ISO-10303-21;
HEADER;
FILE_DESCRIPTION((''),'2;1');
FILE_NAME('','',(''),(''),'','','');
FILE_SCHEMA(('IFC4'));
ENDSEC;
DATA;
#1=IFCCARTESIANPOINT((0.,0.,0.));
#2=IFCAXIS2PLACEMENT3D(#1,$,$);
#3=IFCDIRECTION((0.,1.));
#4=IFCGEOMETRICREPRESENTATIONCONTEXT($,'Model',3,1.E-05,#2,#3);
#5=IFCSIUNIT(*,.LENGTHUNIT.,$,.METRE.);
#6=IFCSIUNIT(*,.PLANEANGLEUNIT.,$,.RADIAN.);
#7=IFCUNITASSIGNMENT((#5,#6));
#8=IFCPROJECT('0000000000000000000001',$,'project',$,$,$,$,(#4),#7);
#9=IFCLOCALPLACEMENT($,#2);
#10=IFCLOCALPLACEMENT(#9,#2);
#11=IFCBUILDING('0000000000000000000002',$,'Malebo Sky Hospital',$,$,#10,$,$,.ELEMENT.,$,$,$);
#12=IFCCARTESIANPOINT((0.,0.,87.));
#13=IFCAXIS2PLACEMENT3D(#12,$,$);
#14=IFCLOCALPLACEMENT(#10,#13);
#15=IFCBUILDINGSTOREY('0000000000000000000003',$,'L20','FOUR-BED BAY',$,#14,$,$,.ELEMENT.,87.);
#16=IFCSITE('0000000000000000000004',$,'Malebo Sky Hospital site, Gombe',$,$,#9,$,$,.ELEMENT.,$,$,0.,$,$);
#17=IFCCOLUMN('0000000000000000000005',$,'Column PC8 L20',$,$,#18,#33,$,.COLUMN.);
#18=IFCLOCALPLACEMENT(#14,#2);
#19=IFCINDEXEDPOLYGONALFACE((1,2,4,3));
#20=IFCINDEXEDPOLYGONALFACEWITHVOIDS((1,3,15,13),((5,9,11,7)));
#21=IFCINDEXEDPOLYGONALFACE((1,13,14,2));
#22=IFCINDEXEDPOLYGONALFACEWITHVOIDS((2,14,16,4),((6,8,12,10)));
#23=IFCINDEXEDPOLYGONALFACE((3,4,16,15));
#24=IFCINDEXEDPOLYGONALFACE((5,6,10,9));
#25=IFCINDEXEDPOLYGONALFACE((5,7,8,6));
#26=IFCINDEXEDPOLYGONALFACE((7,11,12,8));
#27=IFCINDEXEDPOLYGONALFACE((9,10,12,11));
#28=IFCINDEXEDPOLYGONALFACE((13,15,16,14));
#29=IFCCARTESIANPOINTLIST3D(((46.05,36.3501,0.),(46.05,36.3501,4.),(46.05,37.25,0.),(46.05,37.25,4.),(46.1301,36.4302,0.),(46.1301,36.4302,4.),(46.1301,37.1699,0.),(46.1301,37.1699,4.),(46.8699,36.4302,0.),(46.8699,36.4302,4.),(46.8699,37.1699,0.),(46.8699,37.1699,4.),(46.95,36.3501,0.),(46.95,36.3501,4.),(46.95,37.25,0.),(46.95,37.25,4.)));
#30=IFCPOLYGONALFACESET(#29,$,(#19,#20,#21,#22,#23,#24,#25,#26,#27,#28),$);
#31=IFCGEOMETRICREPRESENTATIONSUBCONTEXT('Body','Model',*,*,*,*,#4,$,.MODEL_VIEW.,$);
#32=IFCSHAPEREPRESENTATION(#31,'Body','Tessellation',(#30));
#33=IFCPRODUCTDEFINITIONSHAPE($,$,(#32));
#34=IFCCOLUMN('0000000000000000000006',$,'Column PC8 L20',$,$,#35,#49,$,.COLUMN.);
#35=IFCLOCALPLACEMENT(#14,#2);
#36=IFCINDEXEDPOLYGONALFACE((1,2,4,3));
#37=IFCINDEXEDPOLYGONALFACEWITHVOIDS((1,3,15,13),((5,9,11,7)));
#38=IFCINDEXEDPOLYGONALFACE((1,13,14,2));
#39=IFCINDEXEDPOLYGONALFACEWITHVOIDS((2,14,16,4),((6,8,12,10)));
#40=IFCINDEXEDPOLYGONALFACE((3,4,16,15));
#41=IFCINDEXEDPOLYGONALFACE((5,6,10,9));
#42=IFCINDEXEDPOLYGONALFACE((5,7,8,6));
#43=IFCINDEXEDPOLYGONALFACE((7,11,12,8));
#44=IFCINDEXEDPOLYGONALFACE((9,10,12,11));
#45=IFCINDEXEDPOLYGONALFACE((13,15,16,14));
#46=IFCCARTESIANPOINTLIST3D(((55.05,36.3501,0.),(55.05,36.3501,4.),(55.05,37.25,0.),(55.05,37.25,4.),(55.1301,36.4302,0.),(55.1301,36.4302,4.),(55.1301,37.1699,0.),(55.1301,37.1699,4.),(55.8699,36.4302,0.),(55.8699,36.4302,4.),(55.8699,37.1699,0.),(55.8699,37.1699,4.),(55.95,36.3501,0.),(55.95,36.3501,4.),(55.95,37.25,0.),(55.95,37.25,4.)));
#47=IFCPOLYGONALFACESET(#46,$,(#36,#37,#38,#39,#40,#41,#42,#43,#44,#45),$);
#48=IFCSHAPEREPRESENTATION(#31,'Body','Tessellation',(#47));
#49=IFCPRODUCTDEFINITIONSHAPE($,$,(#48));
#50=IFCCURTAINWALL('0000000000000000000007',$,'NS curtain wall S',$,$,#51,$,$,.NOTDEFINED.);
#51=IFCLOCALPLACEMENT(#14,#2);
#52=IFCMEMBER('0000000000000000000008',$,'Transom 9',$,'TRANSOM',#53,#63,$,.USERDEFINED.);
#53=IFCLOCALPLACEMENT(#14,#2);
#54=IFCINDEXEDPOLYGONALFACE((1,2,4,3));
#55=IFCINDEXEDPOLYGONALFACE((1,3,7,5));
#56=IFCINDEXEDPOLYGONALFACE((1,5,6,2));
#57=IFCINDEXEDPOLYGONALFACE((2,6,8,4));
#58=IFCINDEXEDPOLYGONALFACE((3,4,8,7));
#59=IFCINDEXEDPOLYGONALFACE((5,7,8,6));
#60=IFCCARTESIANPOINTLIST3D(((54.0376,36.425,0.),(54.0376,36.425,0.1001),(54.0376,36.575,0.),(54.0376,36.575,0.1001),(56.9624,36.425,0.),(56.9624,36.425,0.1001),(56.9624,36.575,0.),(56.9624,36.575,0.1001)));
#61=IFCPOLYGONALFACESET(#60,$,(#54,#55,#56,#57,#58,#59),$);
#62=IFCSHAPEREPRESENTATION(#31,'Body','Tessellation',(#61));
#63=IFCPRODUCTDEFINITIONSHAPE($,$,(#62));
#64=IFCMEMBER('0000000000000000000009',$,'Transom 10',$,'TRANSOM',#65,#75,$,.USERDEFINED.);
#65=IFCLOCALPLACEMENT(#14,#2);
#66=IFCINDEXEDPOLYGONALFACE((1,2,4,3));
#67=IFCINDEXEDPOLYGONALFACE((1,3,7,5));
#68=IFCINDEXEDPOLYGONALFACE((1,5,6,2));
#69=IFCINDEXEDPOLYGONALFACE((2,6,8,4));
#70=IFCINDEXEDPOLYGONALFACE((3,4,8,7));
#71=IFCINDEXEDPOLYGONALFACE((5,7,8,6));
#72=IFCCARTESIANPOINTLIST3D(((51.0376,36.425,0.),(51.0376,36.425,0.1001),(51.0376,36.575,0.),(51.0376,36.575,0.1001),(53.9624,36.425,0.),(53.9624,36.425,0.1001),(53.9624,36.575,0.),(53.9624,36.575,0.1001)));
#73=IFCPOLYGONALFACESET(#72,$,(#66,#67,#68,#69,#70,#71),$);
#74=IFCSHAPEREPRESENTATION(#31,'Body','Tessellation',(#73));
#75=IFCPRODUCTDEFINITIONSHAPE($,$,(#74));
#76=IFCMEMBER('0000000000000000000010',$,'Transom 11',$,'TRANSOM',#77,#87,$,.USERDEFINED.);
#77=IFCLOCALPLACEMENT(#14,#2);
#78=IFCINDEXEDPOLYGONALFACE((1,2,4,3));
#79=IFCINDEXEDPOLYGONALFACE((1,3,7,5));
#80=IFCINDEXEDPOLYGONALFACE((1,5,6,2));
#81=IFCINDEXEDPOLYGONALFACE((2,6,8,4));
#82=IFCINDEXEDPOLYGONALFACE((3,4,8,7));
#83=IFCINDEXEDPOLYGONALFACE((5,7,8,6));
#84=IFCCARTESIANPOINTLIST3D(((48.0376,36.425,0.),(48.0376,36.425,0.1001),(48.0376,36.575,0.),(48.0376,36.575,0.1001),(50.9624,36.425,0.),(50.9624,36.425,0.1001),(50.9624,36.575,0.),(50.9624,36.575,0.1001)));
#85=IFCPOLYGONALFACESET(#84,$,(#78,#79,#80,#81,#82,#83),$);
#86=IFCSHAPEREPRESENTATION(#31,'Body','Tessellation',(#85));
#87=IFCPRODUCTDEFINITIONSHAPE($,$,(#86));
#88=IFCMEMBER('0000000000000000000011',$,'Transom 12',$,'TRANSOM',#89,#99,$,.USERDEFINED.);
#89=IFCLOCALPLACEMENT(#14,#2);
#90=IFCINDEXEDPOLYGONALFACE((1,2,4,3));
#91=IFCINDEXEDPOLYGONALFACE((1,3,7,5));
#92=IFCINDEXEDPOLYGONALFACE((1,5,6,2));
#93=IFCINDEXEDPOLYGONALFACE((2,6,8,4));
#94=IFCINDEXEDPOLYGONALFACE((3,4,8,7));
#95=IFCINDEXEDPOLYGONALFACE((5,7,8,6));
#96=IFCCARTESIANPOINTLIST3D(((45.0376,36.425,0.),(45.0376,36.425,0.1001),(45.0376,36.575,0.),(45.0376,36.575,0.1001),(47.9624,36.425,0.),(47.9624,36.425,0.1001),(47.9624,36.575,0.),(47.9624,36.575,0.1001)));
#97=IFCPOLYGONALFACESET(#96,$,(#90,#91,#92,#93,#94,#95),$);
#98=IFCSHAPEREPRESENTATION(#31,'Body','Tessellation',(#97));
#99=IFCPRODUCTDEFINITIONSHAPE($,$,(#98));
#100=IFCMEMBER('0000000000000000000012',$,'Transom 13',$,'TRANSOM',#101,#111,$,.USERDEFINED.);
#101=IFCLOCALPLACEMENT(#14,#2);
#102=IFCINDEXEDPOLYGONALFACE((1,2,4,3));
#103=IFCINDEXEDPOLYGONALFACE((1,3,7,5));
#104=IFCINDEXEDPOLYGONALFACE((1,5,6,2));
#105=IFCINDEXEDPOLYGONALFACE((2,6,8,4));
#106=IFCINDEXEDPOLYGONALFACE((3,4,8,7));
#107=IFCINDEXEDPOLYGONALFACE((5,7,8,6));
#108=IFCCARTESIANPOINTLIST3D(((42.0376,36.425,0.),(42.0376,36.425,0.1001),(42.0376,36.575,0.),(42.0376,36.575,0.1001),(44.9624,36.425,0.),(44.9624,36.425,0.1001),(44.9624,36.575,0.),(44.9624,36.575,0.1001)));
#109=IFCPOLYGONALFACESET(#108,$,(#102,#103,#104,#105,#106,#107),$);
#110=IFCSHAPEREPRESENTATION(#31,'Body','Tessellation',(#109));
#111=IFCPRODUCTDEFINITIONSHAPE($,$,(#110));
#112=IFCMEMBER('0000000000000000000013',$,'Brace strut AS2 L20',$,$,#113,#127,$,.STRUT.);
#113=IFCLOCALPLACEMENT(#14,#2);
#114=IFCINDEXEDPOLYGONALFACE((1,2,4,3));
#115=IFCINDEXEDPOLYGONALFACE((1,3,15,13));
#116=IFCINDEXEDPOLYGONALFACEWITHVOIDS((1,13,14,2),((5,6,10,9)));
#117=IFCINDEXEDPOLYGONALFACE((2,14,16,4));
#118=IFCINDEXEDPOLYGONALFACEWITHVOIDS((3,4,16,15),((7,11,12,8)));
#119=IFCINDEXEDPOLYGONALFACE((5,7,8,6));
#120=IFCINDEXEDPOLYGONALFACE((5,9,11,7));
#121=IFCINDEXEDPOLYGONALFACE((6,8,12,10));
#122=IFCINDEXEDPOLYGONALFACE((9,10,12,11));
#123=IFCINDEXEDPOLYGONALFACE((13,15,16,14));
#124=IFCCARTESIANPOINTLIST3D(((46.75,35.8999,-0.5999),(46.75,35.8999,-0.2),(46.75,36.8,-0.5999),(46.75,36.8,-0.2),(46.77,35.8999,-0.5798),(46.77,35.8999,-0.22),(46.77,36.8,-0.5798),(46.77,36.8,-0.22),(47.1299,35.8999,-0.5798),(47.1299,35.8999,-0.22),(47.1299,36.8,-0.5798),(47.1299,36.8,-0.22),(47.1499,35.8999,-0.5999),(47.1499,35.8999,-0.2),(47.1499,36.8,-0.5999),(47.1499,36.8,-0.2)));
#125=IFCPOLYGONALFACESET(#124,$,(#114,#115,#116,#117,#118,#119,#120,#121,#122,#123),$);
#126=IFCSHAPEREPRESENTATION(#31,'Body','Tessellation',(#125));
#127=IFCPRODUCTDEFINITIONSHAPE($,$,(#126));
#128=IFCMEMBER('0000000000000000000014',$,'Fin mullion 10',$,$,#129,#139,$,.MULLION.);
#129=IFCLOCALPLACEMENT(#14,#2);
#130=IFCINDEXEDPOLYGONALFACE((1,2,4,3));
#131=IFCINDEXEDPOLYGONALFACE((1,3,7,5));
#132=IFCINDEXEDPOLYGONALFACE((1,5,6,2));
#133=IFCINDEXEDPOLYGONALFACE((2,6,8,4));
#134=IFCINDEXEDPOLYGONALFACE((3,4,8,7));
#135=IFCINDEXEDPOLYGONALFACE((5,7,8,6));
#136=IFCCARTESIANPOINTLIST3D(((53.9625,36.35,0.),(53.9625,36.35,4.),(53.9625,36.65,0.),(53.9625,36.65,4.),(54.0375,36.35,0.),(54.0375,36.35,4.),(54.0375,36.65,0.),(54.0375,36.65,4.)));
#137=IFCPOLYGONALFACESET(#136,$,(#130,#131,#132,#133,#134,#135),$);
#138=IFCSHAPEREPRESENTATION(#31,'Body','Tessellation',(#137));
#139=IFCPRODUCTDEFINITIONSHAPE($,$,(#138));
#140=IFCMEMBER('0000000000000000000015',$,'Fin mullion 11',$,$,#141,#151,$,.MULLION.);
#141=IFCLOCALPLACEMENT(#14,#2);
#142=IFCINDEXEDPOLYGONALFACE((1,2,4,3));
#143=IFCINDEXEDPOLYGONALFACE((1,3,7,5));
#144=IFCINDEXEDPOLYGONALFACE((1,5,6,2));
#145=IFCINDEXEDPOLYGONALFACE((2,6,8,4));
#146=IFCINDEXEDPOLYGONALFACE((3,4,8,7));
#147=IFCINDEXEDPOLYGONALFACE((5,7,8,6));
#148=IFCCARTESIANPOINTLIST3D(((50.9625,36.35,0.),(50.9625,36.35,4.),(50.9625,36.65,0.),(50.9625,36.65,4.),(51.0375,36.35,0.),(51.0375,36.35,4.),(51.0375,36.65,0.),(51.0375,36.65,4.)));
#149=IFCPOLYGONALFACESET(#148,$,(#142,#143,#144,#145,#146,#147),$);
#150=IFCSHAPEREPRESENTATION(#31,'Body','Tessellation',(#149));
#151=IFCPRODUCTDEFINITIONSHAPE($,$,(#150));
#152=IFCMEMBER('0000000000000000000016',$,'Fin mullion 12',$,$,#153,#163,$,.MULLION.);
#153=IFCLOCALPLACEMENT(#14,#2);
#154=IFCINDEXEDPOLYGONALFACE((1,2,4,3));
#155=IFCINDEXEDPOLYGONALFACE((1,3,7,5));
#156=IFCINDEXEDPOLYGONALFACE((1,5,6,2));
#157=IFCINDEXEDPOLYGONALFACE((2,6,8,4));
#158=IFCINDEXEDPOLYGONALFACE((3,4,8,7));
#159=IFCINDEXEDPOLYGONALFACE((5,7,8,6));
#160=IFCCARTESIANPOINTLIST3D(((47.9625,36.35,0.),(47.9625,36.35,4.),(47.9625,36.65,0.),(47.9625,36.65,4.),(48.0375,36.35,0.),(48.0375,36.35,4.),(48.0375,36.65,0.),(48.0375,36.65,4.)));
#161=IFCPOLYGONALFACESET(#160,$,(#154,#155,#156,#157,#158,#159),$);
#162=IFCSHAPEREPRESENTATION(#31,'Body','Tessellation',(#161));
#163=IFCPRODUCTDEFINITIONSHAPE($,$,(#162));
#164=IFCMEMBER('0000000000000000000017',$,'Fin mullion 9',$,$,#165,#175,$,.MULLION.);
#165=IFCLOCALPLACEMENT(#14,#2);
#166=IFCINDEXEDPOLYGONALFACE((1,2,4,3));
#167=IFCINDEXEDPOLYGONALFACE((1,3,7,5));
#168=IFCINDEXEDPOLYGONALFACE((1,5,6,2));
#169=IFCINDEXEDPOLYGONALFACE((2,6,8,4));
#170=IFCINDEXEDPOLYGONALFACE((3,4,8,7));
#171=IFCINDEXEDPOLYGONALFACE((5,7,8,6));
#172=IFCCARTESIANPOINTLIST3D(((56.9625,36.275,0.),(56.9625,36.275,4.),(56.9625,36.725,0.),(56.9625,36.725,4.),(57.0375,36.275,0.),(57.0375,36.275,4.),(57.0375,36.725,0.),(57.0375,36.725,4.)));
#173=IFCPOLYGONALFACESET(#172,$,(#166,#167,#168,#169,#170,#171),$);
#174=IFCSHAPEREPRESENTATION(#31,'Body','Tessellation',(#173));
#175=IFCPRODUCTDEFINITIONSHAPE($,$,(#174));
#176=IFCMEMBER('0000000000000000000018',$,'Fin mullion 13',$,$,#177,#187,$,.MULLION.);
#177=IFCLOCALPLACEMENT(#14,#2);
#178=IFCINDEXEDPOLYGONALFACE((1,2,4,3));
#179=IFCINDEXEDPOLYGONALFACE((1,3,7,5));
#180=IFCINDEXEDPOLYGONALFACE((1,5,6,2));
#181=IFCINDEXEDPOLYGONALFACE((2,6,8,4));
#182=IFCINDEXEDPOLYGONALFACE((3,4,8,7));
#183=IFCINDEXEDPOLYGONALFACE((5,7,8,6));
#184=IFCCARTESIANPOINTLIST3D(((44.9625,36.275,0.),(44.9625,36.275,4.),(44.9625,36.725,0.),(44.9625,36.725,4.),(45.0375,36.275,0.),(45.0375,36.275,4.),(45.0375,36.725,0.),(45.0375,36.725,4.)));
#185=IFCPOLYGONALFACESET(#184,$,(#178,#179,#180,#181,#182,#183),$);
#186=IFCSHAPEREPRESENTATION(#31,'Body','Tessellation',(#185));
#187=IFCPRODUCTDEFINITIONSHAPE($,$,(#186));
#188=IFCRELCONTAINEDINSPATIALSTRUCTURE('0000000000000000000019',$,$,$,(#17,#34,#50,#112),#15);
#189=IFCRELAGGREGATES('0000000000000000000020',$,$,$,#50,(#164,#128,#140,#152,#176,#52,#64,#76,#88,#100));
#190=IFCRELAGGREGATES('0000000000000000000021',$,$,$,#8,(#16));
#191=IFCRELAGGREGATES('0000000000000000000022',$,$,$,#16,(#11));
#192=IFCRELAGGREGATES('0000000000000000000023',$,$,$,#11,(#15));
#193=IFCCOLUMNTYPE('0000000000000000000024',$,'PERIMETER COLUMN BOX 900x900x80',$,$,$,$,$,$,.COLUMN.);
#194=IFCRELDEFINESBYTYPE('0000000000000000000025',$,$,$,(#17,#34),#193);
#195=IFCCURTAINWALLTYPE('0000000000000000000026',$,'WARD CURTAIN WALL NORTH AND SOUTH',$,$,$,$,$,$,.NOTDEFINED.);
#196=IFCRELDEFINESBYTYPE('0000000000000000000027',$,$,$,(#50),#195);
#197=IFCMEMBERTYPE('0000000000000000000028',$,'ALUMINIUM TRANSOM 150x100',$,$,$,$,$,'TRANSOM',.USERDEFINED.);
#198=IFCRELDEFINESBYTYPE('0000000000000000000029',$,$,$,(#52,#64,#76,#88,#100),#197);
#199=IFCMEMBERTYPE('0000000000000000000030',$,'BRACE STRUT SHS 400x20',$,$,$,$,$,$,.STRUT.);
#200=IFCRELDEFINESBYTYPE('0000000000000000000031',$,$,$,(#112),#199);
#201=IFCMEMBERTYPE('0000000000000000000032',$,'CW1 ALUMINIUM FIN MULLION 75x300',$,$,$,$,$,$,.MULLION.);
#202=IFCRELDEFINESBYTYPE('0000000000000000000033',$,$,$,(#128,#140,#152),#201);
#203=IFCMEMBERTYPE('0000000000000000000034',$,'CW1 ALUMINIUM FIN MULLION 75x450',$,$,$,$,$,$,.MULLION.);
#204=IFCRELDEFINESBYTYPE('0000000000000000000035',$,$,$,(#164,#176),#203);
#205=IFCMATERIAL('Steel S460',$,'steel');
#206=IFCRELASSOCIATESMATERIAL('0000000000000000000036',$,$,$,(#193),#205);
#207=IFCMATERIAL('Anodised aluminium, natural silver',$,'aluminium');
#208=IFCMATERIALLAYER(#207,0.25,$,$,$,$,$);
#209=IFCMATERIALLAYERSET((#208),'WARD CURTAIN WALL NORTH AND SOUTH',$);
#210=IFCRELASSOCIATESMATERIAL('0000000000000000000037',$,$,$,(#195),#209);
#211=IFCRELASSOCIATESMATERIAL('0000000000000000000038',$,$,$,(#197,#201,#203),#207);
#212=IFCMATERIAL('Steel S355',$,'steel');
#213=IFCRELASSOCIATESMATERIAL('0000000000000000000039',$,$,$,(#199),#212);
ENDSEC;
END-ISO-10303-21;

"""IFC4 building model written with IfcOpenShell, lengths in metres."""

from ifc_helpers import new_model, si_unit, direction, frame, origin, origin_2d, place, context, subcontext, project, spatial, rectangle, hollow_rectangle, extrude, material, layer, layer_set, material_profile, profile_set, type_object, element, aggregate, save


model = new_model("IFC4")

# Units and contexts
model_context = context("Model", 3, precision=1e-05, world=origin(), true_north=direction((0.0, 1.0)))
body_context = subcontext(model_context, "Body", "Model", "MODEL_VIEW")
ifc_project = project(units=[si_unit("LENGTHUNIT", "METRE"), si_unit("PLANEANGLEUNIT", "RADIAN")], contexts=[model_context])

# Site, building, storey
site_placement = place(None, origin())
site = spatial("IfcSite", under=ifc_project, at=site_placement, Name="Malebo Sky Hospital site, Gombe", CompositionType="ELEMENT", RefElevation=0.0)
building_placement = place(site_placement, origin())
building = spatial("IfcBuilding", under=site, at=building_placement, Name="Malebo Sky Hospital", CompositionType="ELEMENT")
storey_placement = place(building_placement, frame((0.0, 0.0, 87.0)))
storey = spatial("IfcBuildingStorey", under=building, at=storey_placement, Name="L20", Description="FOUR-BED BAY", CompositionType="ELEMENT", Elevation=87.0)

# Columns
ifc_material_1 = material(Name="Steel S460", Category="steel")
ifc_material_profile_1 = material_profile(ifc_material_1, hollow_rectangle(XDim=0.8999, YDim=0.8999, WallThickness=0.0801, at=origin_2d()), Name="BOX 900x900x80")
ifc_profile_set_1 = profile_set([ifc_material_profile_1], Name="Steel S460")
column_type = type_object("IfcColumnType", Name="PERIMETER COLUMN BOX 900x900x80", PredefinedType="COLUMN", material=ifc_profile_set_1)
for number, where, z_axis, x_axis, name in (
    (1, (46.5, 36.8, 0.0), (0.0, 0.0, 1.0), (1.0, 0.0, 0.0), "Column PC8 L20"),
    (2, (55.5, 36.8, 0.0), (0.0, 0.0, 1.0), (1.0, 0.0, 0.0), "Column PC8 L20"),
):
    element("IfcColumn", number, at=place(storey_placement, frame(where, z_axis=z_axis, x_axis=x_axis)), inside=storey, type_object=column_type, Name=name, PredefinedType="COLUMN", context=body_context, shape_type="SweptSolid", body=[
        extrude(hollow_rectangle(XDim=0.8999, YDim=0.8999, WallThickness=0.0801, at=origin_2d()), origin(), (0.0, 0.0, 1.0), 4.0),
    ])

# Curtain wall, members
ifc_material_2 = material(Name="Anodised aluminium, natural silver", Category="aluminium")
ifc_layer_1 = layer(ifc_material_2, 0.25)
ifc_layer_set_1 = layer_set([ifc_layer_1], Name="WARD CURTAIN WALL NORTH AND SOUTH")
curtain_wall_type = type_object("IfcCurtainWallType", Name="WARD CURTAIN WALL NORTH AND SOUTH", PredefinedType="NOTDEFINED", material=ifc_layer_set_1)
curtain_wall_placement = place(storey_placement, origin())
curtain_wall = element("IfcCurtainWall", 3, at=curtain_wall_placement, inside=storey, type_object=curtain_wall_type, Name="NS curtain wall S", PredefinedType="NOTDEFINED")
ifc_material_profile_2 = material_profile(ifc_material_2, rectangle(XDim=0.1499, YDim=0.1001, at=origin_2d()), Name="ALUMINIUM TRANSOM 150x100")
ifc_profile_set_2 = profile_set([ifc_material_profile_2], Name="Anodised aluminium, natural silver")
member_type_1 = type_object("IfcMemberType", Name="ALUMINIUM TRANSOM 150x100", ElementType="TRANSOM", PredefinedType="USERDEFINED", material=ifc_profile_set_2)
member_1_placement = place(storey_placement, frame((56.9624, 36.5, 0.05), z_axis=(-1.0, 0.0, 0.0), x_axis=(0.0, -1.0, 0.0)))
member_1 = element("IfcMember", 4, at=member_1_placement, type_object=member_type_1, Name="Transom 9", ObjectType="TRANSOM", PredefinedType="USERDEFINED", context=body_context, shape_type="SweptSolid", body=[
    extrude(rectangle(XDim=0.1499, YDim=0.1001, at=origin_2d()), origin(), (0.0, 0.0, 1.0), 2.9248),
])
member_2_placement = place(storey_placement, frame((53.9624, 36.5, 0.05), z_axis=(-1.0, 0.0, 0.0), x_axis=(0.0, -1.0, 0.0)))
member_2 = element("IfcMember", 5, at=member_2_placement, type_object=member_type_1, Name="Transom 10", ObjectType="TRANSOM", PredefinedType="USERDEFINED", context=body_context, shape_type="SweptSolid", body=[
    extrude(rectangle(XDim=0.1499, YDim=0.1001, at=origin_2d()), origin(), (0.0, 0.0, 1.0), 2.9248),
])
member_3_placement = place(storey_placement, frame((50.9624, 36.5, 0.05), z_axis=(-1.0, 0.0, 0.0), x_axis=(0.0, -1.0, 0.0)))
member_3 = element("IfcMember", 6, at=member_3_placement, type_object=member_type_1, Name="Transom 11", ObjectType="TRANSOM", PredefinedType="USERDEFINED", context=body_context, shape_type="SweptSolid", body=[
    extrude(rectangle(XDim=0.1499, YDim=0.1001, at=origin_2d()), origin(), (0.0, 0.0, 1.0), 2.9248),
])
member_4_placement = place(storey_placement, frame((47.9624, 36.5, 0.05), z_axis=(-1.0, 0.0, 0.0), x_axis=(0.0, -1.0, 0.0)))
member_4 = element("IfcMember", 7, at=member_4_placement, type_object=member_type_1, Name="Transom 12", ObjectType="TRANSOM", PredefinedType="USERDEFINED", context=body_context, shape_type="SweptSolid", body=[
    extrude(rectangle(XDim=0.1499, YDim=0.1001, at=origin_2d()), origin(), (0.0, 0.0, 1.0), 2.9248),
])
member_5_placement = place(storey_placement, frame((44.9624, 36.5, 0.05), z_axis=(-1.0, 0.0, 0.0), x_axis=(0.0, -1.0, 0.0)))
member_5 = element("IfcMember", 8, at=member_5_placement, type_object=member_type_1, Name="Transom 13", ObjectType="TRANSOM", PredefinedType="USERDEFINED", context=body_context, shape_type="SweptSolid", body=[
    extrude(rectangle(XDim=0.1499, YDim=0.1001, at=origin_2d()), origin(), (0.0, 0.0, 1.0), 2.9248),
])

# Members
ifc_material_3 = material(Name="Steel S355", Category="steel")
ifc_material_profile_3 = material_profile(ifc_material_3, hollow_rectangle(XDim=0.3999, YDim=0.3999, WallThickness=0.02, at=origin_2d()), Name="SHS 400x20")
ifc_profile_set_3 = profile_set([ifc_material_profile_3], Name="Steel S355")
member_type_2 = type_object("IfcMemberType", Name="BRACE STRUT SHS 400x20", PredefinedType="STRUT", material=ifc_profile_set_3)
member_6_placement = place(storey_placement, frame((46.95, 35.8999, -0.3999), z_axis=(0.0, 1.0, 0.0), x_axis=(-1.0, 0.0, 0.0)))
element("IfcMember", 9, at=member_6_placement, inside=storey, type_object=member_type_2, Name="Brace strut AS2 L20", PredefinedType="STRUT", context=body_context, shape_type="SweptSolid", body=[
    extrude(hollow_rectangle(XDim=0.3999, YDim=0.3999, WallThickness=0.02, at=origin_2d()), origin(), (0.0, 0.0, 1.0), 0.9001),
])
ifc_material_profile_4 = material_profile(ifc_material_2, rectangle(XDim=0.075, YDim=0.3, at=origin_2d()), Name="CW1 ALUMINIUM FIN MULLION 75x300")
ifc_profile_set_4 = profile_set([ifc_material_profile_4], Name="Anodised aluminium, natural silver")
member_type_3 = type_object("IfcMemberType", Name="CW1 ALUMINIUM FIN MULLION 75x300", PredefinedType="MULLION", material=ifc_profile_set_4)
member_7_placement = place(storey_placement, frame((54.0, 36.5, 0.0), z_axis=(0.0, 0.0, 1.0), x_axis=(-1.0, 0.0, 0.0)))
member_7 = element("IfcMember", 10, at=member_7_placement, type_object=member_type_3, Name="Fin mullion 10", PredefinedType="MULLION", context=body_context, shape_type="SweptSolid", body=[
    extrude(rectangle(XDim=0.075, YDim=0.3, at=origin_2d()), origin(), (0.0, 0.0, 1.0), 4.0),
])
member_8_placement = place(storey_placement, frame((51.0, 36.5, 0.0), z_axis=(0.0, 0.0, 1.0), x_axis=(-1.0, 0.0, 0.0)))
member_8 = element("IfcMember", 11, at=member_8_placement, type_object=member_type_3, Name="Fin mullion 11", PredefinedType="MULLION", context=body_context, shape_type="SweptSolid", body=[
    extrude(rectangle(XDim=0.075, YDim=0.3, at=origin_2d()), origin(), (0.0, 0.0, 1.0), 4.0),
])
member_9_placement = place(storey_placement, frame((48.0, 36.5, 0.0), z_axis=(0.0, 0.0, 1.0), x_axis=(-1.0, 0.0, 0.0)))
member_9 = element("IfcMember", 12, at=member_9_placement, type_object=member_type_3, Name="Fin mullion 12", PredefinedType="MULLION", context=body_context, shape_type="SweptSolid", body=[
    extrude(rectangle(XDim=0.075, YDim=0.3, at=origin_2d()), origin(), (0.0, 0.0, 1.0), 4.0),
])
ifc_material_profile_5 = material_profile(ifc_material_2, rectangle(XDim=0.075, YDim=0.45, at=origin_2d()), Name="CW1 ALUMINIUM FIN MULLION 75x450")
ifc_profile_set_5 = profile_set([ifc_material_profile_5], Name="Anodised aluminium, natural silver")
member_type_4 = type_object("IfcMemberType", Name="CW1 ALUMINIUM FIN MULLION 75x450", PredefinedType="MULLION", material=ifc_profile_set_5)
member_10_placement = place(storey_placement, frame((57.0, 36.5, 0.0), z_axis=(0.0, 0.0, 1.0), x_axis=(-1.0, 0.0, 0.0)))
member_10 = element("IfcMember", 13, at=member_10_placement, type_object=member_type_4, Name="Fin mullion 9", PredefinedType="MULLION", context=body_context, shape_type="SweptSolid", body=[
    extrude(rectangle(XDim=0.075, YDim=0.45, at=origin_2d()), origin(), (0.0, 0.0, 1.0), 4.0),
])
member_11_placement = place(storey_placement, frame((45.0, 36.5, 0.0), z_axis=(0.0, 0.0, 1.0), x_axis=(-1.0, 0.0, 0.0)))
member_11 = element("IfcMember", 14, at=member_11_placement, type_object=member_type_4, Name="Fin mullion 13", PredefinedType="MULLION", context=body_context, shape_type="SweptSolid", body=[
    extrude(rectangle(XDim=0.075, YDim=0.45, at=origin_2d()), origin(), (0.0, 0.0, 1.0), 4.0),
])

aggregate(curtain_wall, [member_10, member_7, member_8, member_9, member_11, member_1, member_2, member_3, member_4, member_5])

save(model, "model.ifc")
